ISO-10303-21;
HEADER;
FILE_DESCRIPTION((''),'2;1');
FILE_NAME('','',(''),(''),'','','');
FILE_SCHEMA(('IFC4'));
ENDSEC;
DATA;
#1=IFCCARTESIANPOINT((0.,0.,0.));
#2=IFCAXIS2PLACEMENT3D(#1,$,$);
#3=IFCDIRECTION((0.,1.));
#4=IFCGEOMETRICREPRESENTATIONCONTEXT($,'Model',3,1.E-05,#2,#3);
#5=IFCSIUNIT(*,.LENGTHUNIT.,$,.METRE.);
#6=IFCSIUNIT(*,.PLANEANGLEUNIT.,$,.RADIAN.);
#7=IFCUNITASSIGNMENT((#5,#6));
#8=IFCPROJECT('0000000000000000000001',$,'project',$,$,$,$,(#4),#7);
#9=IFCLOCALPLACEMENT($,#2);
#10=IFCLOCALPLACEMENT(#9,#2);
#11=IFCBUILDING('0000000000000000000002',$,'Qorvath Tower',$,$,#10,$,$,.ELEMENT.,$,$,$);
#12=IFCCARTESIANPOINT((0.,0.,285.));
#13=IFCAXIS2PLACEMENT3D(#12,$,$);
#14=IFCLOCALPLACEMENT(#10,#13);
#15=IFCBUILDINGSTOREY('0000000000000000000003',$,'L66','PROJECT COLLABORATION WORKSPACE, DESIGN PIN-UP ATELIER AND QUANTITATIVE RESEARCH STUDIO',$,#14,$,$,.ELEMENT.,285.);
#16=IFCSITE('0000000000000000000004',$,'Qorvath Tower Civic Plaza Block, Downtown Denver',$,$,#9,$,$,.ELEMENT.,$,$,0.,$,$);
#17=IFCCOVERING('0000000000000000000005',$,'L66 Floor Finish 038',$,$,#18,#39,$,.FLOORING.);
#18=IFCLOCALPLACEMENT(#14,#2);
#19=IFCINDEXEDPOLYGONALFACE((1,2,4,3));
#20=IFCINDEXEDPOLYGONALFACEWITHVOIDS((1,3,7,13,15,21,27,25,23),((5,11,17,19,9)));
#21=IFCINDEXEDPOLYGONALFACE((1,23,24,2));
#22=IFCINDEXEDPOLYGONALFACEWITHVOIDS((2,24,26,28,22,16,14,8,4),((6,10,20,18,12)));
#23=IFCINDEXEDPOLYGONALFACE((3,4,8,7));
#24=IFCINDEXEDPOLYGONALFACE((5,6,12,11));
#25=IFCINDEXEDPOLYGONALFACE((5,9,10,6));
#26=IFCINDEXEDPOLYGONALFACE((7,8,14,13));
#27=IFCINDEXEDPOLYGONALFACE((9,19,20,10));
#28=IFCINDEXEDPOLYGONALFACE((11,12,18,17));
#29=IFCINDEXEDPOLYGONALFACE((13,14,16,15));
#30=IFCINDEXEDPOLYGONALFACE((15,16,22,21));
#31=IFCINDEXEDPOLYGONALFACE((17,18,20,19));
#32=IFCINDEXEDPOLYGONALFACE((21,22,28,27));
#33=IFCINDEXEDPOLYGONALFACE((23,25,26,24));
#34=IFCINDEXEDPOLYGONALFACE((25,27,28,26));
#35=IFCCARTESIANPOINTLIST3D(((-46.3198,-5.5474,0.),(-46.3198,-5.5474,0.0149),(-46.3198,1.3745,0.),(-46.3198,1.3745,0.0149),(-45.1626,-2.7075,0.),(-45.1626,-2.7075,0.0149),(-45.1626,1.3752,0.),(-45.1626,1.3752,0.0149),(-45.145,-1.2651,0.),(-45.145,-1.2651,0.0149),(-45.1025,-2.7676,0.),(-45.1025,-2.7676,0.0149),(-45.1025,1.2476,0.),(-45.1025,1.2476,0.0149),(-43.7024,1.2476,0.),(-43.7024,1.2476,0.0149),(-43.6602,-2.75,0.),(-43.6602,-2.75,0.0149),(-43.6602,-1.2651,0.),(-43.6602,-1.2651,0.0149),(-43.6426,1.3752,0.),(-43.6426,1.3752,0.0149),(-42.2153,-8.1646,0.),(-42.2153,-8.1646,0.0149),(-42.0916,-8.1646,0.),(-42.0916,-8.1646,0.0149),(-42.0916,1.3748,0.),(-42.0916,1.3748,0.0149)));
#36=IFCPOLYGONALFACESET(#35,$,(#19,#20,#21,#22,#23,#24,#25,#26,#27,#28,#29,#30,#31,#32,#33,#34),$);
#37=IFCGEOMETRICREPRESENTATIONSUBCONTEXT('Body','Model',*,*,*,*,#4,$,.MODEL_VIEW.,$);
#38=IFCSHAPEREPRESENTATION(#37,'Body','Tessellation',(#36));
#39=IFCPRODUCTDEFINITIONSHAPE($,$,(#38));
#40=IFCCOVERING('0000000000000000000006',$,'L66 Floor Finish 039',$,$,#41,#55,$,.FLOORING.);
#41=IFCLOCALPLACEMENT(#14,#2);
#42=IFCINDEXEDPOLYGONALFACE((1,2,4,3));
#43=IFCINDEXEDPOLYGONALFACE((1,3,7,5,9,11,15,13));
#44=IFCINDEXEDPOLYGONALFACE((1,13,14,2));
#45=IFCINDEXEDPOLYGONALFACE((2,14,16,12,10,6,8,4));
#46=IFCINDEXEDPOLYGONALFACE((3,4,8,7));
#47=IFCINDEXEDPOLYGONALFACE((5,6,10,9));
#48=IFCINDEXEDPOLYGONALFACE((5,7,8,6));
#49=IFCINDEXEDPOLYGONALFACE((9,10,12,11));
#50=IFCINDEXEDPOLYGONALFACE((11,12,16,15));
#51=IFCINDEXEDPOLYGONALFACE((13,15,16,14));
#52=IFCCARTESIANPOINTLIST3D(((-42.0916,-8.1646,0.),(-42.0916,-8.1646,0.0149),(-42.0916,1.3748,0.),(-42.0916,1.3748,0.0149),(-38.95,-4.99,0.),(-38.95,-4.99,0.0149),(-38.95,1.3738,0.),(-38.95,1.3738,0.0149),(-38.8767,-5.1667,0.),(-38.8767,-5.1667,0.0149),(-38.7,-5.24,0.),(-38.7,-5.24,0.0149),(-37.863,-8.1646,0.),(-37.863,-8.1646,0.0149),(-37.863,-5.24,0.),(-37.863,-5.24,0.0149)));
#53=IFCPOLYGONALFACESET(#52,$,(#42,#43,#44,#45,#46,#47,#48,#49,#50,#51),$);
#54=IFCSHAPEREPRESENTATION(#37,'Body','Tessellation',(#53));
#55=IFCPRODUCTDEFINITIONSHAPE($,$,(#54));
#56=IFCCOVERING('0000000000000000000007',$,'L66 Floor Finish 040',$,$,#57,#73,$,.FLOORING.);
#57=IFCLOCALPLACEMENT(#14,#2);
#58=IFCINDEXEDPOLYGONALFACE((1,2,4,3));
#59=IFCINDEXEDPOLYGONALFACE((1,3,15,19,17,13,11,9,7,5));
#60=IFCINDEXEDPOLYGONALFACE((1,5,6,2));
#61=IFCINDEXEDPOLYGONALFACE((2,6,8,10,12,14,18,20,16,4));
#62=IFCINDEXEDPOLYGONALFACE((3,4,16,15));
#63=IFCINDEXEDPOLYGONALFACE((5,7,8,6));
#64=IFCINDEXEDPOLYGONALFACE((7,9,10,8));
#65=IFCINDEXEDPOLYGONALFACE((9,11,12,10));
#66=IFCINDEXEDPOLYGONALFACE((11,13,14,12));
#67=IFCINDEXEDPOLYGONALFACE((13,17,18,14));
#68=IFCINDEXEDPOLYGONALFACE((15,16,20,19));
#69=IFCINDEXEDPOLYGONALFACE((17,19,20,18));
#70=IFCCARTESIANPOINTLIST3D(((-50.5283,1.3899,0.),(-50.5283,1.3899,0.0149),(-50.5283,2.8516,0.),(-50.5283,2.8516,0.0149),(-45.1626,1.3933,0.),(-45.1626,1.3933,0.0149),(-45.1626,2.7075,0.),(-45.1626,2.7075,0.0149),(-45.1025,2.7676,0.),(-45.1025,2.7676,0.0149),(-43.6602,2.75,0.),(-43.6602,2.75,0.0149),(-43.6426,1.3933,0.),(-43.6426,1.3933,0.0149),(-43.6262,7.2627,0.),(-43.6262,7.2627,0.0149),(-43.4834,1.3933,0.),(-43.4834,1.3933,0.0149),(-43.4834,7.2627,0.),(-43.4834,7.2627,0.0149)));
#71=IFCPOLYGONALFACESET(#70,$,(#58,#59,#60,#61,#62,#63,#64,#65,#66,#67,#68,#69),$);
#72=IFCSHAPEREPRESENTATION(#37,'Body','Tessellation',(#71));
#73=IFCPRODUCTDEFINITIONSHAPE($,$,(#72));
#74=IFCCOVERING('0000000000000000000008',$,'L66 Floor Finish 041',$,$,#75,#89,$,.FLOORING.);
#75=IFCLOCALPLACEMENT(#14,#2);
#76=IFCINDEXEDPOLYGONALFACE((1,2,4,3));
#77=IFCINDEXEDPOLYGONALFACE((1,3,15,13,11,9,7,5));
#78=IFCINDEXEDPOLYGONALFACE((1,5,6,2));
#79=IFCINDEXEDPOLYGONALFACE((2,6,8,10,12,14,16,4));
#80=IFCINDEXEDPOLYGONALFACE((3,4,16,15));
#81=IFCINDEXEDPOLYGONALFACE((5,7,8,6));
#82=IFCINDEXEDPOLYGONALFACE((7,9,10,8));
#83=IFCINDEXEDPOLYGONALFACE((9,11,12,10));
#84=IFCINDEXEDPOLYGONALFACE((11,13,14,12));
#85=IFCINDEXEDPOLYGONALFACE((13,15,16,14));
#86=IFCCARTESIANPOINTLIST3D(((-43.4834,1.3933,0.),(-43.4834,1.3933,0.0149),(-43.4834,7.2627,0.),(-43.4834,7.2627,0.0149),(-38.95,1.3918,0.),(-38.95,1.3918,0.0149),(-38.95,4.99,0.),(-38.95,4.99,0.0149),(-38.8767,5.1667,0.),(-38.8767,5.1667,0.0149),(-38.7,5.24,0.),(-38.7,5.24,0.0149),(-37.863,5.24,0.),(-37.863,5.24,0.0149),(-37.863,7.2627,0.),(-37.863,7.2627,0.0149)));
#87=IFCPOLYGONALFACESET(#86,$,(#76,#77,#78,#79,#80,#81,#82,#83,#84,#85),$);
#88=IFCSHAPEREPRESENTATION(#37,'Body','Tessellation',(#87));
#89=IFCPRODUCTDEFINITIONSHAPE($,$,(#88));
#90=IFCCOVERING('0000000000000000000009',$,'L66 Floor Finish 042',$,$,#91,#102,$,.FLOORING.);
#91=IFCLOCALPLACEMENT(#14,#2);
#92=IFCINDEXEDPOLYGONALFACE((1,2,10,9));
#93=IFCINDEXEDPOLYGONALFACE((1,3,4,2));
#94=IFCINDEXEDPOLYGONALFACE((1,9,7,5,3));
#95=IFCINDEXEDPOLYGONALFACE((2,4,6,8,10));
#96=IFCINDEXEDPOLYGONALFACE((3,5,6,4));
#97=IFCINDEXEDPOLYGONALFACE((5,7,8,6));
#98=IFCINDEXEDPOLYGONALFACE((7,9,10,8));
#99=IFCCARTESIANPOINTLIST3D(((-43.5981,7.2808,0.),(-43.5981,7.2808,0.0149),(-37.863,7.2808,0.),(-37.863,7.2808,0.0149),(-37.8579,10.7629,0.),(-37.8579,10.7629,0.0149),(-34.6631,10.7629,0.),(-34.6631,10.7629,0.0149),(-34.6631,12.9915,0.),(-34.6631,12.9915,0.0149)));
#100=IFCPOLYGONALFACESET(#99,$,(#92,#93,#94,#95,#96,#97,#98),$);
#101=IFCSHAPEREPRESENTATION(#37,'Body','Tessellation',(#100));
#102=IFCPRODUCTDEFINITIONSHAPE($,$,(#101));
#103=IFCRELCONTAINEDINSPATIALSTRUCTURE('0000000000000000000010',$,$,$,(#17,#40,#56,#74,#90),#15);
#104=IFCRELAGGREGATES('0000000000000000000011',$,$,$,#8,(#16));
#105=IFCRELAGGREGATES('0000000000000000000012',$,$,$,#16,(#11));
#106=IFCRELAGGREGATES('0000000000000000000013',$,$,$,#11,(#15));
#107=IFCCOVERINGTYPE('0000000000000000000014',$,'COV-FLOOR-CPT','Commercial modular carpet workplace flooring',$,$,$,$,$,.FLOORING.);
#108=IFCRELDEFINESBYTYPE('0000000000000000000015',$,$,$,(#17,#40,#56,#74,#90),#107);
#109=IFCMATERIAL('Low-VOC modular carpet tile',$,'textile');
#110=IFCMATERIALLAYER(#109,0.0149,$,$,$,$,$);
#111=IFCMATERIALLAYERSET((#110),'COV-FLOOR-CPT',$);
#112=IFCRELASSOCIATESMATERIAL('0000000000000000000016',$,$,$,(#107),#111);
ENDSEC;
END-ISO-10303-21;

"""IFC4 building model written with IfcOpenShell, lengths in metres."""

from ifc_helpers import new_model, si_unit, direction, frame, origin, place, context, subcontext, project, spatial, polyline, outline, extrude, material, layer, layer_set, type_object, element, save


model = new_model("IFC4")

# Units and contexts
model_context = context("Model", 3, precision=1e-05, world=origin(), true_north=direction((0.0, 1.0)))
body_context = subcontext(model_context, "Body", "Model", "MODEL_VIEW")
ifc_project = project(units=[si_unit("LENGTHUNIT", "METRE"), si_unit("PLANEANGLEUNIT", "RADIAN")], contexts=[model_context])

# Site, building, storey
site_placement = place(None, origin())
site = spatial("IfcSite", under=ifc_project, at=site_placement, Name="Qorvath Tower Civic Plaza Block, Downtown Denver", CompositionType="ELEMENT", RefElevation=0.0)
building_placement = place(site_placement, origin())
building = spatial("IfcBuilding", under=site, at=building_placement, Name="Qorvath Tower", CompositionType="ELEMENT")
storey_placement = place(building_placement, frame((0.0, 0.0, 285.0)))
storey = spatial("IfcBuildingStorey", under=building, at=storey_placement, Name="L66", Description="PROJECT COLLABORATION WORKSPACE, DESIGN PIN-UP ATELIER AND QUANTITATIVE RESEARCH STUDIO", CompositionType="ELEMENT", Elevation=285.0)

# Coverings
ifc_material_1 = material(Name="Low-VOC modular carpet tile", Category="textile")
ifc_layer_1 = layer(ifc_material_1, 0.0149)
ifc_layer_set_1 = layer_set([ifc_layer_1], Name="COV-FLOOR-CPT")
covering_type_1 = type_object("IfcCoveringType", Name="COV-FLOOR-CPT", Description="Commercial modular carpet workplace flooring", PredefinedType="FLOORING", material=ifc_layer_set_1)
covering_1_placement = place(storey_placement, origin())
element("IfcCovering", 1, at=covering_1_placement, inside=storey, type_object=covering_type_1, Name="L66 Floor Finish 038", PredefinedType="FLOORING", context=body_context, shape_type="SweptSolid", body=[
    extrude(outline(polyline([(-46.3198, 1.3745), (-46.3198, -5.5474), (-42.2153, -8.1646), (-42.0916, -8.1646), (-42.0916, 1.3748), (-43.6426, 1.3752), (-43.7024, 1.2476), (-45.1025, 1.2476), (-45.1626, 1.3752), (-46.3198, 1.3745)]), holes=[polyline([(-45.1626, -2.7075), (-45.145, -1.2651), (-43.6602, -1.2651), (-43.6602, -2.75), (-45.1025, -2.7676), (-45.1626, -2.7075)])]), origin(), (0.0, 0.0, 1.0), 0.0149),
])
covering_2_placement = place(storey_placement, origin())
element("IfcCovering", 2, at=covering_2_placement, inside=storey, type_object=covering_type_1, Name="L66 Floor Finish 039", PredefinedType="FLOORING", context=body_context, shape_type="SweptSolid", body=[
    extrude(outline(polyline([(-42.0916, 1.3748), (-42.0916, -8.1646), (-37.863, -8.1646), (-37.863, -5.24), (-38.7, -5.24), (-38.8767, -5.1667), (-38.95, -4.99), (-38.95, 1.3738), (-42.0916, 1.3748)])), origin(), (0.0, 0.0, 1.0), 0.0149),
])
covering_3_placement = place(storey_placement, origin())
element("IfcCovering", 3, at=covering_3_placement, inside=storey, type_object=covering_type_1, Name="L66 Floor Finish 040", PredefinedType="FLOORING", context=body_context, shape_type="SweptSolid", body=[
    extrude(outline(polyline([(-43.4834, 1.3933), (-43.4834, 7.2627), (-43.6262, 7.2627), (-50.5283, 2.8516), (-50.5283, 1.3899), (-45.1626, 1.3933), (-45.1626, 2.7075), (-45.1025, 2.7676), (-43.6602, 2.75), (-43.6426, 1.3933), (-43.4834, 1.3933)])), origin(), (0.0, 0.0, 1.0), 0.0149),
])
covering_4_placement = place(storey_placement, origin())
element("IfcCovering", 4, at=covering_4_placement, inside=storey, type_object=covering_type_1, Name="L66 Floor Finish 041", PredefinedType="FLOORING", context=body_context, shape_type="SweptSolid", body=[
    extrude(outline(polyline([(-37.863, 5.24), (-37.863, 7.2627), (-43.4834, 7.2627), (-43.4834, 1.3933), (-38.95, 1.3918), (-38.95, 4.99), (-38.8767, 5.1667), (-38.7, 5.24), (-37.863, 5.24)])), origin(), (0.0, 0.0, 1.0), 0.0149),
])
covering_5_placement = place(storey_placement, origin())
element("IfcCovering", 5, at=covering_5_placement, inside=storey, type_object=covering_type_1, Name="L66 Floor Finish 042", PredefinedType="FLOORING", context=body_context, shape_type="SweptSolid", body=[
    extrude(outline(polyline([(-34.6631, 10.7629), (-34.6631, 12.9915), (-43.5981, 7.2808), (-37.863, 7.2808), (-37.8579, 10.7629), (-34.6631, 10.7629)])), origin(), (0.0, 0.0, 1.0), 0.0149),
])

save(model, "model.ifc")
